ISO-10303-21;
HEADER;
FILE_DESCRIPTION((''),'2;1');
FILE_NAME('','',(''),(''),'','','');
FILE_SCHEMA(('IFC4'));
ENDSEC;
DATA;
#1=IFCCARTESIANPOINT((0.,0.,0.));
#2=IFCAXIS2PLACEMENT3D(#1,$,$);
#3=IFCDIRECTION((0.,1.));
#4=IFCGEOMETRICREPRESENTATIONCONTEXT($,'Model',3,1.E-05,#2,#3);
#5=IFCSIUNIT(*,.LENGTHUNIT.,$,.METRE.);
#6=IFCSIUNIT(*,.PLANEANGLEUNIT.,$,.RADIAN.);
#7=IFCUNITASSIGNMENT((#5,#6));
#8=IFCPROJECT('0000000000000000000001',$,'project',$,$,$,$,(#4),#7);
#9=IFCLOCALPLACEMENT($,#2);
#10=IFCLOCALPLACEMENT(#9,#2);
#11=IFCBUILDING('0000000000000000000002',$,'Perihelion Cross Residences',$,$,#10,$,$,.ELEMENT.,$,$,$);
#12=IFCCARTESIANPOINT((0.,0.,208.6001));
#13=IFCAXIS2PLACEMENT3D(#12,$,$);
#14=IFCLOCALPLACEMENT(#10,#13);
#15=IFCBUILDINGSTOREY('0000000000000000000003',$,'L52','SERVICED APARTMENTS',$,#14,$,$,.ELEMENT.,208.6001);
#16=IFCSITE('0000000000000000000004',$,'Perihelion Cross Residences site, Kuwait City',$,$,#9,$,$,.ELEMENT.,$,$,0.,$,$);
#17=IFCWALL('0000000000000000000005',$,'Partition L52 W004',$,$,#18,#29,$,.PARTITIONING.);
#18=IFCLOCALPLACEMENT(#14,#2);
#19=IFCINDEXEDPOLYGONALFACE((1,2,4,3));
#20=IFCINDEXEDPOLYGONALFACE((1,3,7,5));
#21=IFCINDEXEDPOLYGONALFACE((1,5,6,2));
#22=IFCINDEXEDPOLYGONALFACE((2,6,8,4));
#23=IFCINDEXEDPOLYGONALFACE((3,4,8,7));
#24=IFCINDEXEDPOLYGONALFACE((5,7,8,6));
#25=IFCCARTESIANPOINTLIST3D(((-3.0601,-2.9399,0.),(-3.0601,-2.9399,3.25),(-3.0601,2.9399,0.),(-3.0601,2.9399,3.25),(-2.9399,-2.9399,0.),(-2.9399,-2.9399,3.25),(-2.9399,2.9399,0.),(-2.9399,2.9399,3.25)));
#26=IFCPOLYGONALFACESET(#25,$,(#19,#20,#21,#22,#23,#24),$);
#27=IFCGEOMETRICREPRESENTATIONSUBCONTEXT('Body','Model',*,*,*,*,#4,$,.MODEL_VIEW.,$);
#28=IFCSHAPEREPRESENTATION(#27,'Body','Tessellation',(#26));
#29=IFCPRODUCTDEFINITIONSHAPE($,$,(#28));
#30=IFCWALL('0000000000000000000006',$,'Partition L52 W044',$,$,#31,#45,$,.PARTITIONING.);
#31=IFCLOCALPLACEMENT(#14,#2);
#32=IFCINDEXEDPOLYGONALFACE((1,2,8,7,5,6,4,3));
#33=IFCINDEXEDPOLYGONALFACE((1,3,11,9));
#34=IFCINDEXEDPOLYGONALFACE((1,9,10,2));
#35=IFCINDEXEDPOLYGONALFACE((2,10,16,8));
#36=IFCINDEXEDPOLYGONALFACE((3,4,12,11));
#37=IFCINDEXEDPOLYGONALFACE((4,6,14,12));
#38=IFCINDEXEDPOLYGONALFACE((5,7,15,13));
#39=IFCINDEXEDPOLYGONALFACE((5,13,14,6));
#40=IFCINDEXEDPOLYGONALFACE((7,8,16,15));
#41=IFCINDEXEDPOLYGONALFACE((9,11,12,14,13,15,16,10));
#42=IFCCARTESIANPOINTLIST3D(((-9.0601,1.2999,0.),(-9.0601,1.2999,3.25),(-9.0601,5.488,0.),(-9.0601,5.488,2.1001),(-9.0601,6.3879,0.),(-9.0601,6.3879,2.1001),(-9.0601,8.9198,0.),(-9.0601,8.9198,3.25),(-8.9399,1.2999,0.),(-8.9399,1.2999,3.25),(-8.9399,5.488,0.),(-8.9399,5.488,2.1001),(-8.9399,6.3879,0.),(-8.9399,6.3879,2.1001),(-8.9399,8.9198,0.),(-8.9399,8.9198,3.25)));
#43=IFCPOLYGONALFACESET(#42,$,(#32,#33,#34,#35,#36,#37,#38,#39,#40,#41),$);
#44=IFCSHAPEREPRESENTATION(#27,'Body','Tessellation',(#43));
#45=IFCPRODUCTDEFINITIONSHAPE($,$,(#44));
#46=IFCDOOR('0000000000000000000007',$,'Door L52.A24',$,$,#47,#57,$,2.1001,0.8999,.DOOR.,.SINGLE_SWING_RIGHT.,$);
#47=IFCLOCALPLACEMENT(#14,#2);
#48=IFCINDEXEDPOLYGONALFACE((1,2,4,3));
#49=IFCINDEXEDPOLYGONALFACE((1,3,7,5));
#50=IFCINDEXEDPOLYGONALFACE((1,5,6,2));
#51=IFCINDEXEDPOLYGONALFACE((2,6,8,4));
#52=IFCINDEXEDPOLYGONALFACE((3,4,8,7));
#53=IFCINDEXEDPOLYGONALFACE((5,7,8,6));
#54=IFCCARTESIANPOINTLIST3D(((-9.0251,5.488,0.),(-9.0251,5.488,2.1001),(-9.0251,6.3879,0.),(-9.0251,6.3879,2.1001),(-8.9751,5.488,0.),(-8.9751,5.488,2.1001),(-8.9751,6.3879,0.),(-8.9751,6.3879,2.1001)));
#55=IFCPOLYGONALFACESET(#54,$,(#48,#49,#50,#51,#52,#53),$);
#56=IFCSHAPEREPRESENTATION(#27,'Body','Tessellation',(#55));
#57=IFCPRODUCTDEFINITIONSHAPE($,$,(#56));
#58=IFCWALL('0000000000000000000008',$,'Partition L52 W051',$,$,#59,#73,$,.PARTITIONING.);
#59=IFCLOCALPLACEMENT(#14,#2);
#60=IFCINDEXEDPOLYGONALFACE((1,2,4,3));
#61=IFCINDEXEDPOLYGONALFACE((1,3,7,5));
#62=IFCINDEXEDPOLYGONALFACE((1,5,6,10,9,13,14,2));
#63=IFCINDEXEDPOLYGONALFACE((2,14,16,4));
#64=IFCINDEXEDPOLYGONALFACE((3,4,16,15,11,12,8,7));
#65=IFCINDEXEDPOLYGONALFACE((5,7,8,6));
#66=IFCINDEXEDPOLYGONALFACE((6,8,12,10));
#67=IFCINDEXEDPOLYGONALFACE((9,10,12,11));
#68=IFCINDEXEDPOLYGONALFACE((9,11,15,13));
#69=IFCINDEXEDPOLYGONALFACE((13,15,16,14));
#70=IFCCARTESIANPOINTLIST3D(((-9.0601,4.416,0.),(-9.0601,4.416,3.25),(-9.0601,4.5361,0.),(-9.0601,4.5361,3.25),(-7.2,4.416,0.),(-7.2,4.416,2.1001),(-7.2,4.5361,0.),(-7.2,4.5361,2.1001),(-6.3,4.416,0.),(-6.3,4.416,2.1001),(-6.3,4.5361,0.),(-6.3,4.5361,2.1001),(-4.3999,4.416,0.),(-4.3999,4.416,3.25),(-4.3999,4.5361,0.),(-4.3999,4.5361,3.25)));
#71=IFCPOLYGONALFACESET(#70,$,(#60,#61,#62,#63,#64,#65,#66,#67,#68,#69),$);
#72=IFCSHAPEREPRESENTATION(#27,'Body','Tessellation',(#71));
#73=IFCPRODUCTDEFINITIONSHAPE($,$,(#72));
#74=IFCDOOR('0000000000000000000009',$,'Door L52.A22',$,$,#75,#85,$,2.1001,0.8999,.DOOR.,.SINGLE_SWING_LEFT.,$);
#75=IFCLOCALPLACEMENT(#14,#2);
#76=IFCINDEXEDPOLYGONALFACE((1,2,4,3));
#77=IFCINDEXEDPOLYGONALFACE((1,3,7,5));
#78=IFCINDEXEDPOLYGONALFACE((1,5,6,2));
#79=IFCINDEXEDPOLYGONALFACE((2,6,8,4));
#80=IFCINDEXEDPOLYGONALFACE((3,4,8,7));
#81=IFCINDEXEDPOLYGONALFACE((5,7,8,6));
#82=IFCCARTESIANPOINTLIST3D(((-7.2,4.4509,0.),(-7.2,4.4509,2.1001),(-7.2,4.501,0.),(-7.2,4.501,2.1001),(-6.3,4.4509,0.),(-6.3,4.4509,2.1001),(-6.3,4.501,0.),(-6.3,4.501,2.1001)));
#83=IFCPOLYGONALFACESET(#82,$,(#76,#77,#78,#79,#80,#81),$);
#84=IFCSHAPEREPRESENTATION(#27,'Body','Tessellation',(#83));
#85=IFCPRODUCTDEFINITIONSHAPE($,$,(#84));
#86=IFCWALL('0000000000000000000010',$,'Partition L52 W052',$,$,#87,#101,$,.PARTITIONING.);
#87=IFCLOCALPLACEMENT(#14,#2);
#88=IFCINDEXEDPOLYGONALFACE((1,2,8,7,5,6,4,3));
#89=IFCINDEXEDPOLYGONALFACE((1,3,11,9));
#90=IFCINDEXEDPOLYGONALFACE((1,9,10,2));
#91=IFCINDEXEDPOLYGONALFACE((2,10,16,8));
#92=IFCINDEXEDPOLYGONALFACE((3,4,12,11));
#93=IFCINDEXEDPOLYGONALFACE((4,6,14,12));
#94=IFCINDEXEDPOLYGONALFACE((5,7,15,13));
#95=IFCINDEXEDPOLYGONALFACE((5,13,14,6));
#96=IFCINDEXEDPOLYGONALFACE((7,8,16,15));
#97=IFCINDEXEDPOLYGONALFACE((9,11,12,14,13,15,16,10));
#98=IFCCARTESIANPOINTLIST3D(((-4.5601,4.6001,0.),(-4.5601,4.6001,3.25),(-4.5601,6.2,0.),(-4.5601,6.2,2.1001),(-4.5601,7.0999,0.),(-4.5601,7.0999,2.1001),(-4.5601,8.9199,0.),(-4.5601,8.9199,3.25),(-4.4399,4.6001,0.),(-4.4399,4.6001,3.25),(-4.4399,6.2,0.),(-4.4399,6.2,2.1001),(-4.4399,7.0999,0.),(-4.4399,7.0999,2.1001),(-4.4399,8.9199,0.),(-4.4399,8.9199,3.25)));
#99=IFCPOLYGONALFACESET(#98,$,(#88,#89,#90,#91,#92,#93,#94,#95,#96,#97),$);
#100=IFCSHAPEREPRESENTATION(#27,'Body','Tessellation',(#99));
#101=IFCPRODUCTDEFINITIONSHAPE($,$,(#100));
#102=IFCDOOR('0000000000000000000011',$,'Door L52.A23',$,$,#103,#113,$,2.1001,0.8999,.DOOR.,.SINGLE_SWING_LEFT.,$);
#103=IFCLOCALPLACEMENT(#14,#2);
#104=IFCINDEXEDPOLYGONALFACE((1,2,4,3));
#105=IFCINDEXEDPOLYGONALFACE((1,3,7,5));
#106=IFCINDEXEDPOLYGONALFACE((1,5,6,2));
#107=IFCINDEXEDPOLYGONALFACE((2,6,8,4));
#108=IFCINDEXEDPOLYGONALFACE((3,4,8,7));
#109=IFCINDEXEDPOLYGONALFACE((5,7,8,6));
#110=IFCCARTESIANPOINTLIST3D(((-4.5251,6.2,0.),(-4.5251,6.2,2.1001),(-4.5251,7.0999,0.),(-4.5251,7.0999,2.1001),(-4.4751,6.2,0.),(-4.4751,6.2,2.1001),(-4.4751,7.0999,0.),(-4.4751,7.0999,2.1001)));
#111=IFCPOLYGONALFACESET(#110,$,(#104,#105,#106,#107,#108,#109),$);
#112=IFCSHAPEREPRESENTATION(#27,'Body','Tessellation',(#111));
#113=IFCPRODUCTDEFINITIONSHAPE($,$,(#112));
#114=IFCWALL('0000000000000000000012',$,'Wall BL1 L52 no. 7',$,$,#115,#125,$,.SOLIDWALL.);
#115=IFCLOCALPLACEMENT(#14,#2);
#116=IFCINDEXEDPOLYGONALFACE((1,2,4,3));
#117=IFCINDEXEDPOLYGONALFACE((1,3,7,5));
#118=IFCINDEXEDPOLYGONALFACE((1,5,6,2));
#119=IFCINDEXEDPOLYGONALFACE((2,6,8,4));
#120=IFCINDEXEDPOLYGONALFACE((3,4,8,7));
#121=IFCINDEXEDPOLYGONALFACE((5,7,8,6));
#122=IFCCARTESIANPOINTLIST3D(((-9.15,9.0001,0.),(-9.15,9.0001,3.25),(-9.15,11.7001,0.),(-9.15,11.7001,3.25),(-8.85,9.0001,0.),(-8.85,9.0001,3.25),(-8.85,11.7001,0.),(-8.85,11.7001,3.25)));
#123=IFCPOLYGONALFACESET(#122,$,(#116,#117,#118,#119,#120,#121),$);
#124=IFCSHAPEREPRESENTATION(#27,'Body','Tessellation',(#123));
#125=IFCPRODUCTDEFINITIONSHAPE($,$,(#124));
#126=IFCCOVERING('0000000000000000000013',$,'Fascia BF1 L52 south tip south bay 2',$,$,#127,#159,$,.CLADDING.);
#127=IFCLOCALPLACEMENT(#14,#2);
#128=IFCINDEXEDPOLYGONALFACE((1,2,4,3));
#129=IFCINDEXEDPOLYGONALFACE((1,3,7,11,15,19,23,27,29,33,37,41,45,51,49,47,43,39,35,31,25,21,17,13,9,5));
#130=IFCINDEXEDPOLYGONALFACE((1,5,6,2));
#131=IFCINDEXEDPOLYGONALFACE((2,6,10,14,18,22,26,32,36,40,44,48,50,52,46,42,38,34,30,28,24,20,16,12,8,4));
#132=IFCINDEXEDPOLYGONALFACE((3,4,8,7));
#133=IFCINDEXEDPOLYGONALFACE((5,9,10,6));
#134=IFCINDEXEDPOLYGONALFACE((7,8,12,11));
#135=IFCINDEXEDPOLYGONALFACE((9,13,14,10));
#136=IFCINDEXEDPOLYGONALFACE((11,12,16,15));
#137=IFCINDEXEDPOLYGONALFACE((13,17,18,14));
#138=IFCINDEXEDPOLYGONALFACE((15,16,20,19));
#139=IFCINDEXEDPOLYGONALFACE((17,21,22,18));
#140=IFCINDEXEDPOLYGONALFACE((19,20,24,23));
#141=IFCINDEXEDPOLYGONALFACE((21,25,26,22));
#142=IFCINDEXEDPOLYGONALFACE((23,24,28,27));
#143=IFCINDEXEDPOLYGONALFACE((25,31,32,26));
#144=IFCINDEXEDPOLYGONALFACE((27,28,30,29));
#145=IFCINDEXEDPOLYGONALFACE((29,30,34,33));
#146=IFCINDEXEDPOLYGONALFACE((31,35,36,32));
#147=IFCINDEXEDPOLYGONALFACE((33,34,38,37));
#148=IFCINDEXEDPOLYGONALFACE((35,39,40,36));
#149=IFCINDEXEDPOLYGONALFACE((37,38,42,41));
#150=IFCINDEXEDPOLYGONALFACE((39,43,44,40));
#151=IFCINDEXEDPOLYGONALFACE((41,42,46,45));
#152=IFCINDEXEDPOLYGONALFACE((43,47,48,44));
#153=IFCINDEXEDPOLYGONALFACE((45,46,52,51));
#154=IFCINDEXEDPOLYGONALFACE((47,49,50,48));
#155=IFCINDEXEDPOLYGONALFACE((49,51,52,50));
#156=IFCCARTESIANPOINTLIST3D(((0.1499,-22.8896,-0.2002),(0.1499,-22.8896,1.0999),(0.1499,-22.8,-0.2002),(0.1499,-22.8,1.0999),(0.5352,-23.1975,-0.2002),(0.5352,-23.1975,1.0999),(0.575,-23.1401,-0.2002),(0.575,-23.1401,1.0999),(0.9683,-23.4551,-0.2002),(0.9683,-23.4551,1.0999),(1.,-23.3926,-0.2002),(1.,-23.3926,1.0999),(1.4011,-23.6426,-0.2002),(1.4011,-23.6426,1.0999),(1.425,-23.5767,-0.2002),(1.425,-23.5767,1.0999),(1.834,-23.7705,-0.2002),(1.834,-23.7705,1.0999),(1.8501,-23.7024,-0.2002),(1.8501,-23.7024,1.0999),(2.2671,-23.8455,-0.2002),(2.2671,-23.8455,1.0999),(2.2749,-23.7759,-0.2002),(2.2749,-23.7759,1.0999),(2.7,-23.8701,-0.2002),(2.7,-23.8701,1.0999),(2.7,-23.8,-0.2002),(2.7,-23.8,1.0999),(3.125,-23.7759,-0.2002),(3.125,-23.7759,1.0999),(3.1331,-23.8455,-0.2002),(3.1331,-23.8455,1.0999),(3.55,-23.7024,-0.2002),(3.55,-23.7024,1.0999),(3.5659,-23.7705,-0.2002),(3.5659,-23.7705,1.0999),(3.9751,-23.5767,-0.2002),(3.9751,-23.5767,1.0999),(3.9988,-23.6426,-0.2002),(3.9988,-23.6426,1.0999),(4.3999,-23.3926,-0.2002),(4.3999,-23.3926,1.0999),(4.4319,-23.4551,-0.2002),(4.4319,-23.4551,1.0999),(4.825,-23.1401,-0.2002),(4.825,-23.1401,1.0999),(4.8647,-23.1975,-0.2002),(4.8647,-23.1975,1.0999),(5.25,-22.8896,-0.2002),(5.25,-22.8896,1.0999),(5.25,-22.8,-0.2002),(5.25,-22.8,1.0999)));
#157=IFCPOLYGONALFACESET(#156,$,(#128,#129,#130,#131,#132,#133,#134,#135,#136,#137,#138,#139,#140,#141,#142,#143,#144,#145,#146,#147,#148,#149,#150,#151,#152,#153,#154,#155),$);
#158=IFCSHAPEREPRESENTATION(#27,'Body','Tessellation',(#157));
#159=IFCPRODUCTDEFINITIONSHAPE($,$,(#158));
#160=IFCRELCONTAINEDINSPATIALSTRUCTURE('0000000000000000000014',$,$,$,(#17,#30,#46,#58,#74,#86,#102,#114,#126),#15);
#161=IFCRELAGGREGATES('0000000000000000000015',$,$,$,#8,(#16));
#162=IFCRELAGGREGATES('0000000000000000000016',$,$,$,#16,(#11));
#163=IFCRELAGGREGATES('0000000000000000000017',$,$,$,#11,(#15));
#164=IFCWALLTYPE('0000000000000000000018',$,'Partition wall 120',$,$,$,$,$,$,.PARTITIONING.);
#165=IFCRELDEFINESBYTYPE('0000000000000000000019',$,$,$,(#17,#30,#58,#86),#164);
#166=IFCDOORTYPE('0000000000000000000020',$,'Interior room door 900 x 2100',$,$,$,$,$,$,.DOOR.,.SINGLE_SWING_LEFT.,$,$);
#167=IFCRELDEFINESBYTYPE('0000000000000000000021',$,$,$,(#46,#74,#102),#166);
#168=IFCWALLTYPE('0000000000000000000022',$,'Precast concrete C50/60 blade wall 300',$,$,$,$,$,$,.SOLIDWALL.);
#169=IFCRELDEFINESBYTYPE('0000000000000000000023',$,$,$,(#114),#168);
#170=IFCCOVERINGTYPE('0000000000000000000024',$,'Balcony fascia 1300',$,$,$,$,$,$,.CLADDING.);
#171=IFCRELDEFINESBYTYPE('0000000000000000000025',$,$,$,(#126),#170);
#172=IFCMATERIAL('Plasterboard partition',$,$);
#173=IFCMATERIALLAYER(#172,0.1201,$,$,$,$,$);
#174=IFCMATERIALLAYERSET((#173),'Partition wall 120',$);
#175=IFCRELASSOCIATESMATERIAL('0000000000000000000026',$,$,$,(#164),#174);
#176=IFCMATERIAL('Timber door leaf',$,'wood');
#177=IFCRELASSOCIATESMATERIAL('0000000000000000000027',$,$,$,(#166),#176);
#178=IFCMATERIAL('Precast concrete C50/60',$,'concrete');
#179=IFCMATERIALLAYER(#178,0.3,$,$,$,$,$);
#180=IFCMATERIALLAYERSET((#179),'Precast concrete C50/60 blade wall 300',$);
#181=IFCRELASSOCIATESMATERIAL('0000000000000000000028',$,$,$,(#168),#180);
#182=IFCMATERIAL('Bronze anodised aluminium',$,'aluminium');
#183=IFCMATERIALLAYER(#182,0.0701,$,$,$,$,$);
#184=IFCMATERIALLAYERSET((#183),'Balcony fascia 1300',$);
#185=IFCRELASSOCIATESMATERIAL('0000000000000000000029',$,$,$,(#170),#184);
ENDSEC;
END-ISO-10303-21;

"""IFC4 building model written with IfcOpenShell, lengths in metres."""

from ifc_helpers import new_model, si_unit, direction, frame, frame_2d, origin, place, context, subcontext, project, spatial, polyline, rectangle, outline, extrude, material, layer, layer_set, type_object, element, fill, save


model = new_model("IFC4")

# Units and contexts
model_context = context("Model", 3, precision=1e-05, world=origin(), true_north=direction((0.0, 1.0)))
body_context = subcontext(model_context, "Body", "Model", "MODEL_VIEW")
ifc_project = project(units=[si_unit("LENGTHUNIT", "METRE"), si_unit("PLANEANGLEUNIT", "RADIAN")], contexts=[model_context])

# Site, building, storey
site_placement = place(None, origin())
site = spatial("IfcSite", under=ifc_project, at=site_placement, Name="Perihelion Cross Residences site, Kuwait City", CompositionType="ELEMENT", RefElevation=0.0)
building_placement = place(site_placement, origin())
building = spatial("IfcBuilding", under=site, at=building_placement, Name="Perihelion Cross Residences", CompositionType="ELEMENT")
storey_placement = place(building_placement, frame((0.0, 0.0, 208.6001)))
storey = spatial("IfcBuildingStorey", under=building, at=storey_placement, Name="L52", Description="SERVICED APARTMENTS", CompositionType="ELEMENT", Elevation=208.6001)

# Wall
ifc_material_1 = material(Name="Plasterboard partition")
ifc_layer_1 = layer(ifc_material_1, 0.1201)
ifc_layer_set_1 = layer_set([ifc_layer_1], Name="Partition wall 120")
wall_type_1 = type_object("IfcWallType", Name="Partition wall 120", PredefinedType="PARTITIONING", material=ifc_layer_set_1)
wall_1_placement = place(storey_placement, frame((-3.0, 2.9399, 0.0), z_axis=(0.0, 0.0, 1.0), x_axis=(0.0, -1.0, 0.0)))
element("IfcWall", 1, at=wall_1_placement, inside=storey, type_object=wall_type_1, Name="Partition L52 W004", PredefinedType="PARTITIONING", context=body_context, shape_type="SweptSolid", body=[
    extrude(rectangle(XDim=5.8799, YDim=0.1201, at=frame_2d((2.9399, 0.0))), origin(), (0.0, 0.0, 1.0), 3.25),
])

# Walls, openings, doors
wall_2_placement = place(storey_placement, frame((-9.0, 8.9199, 0.0), z_axis=(0.0, 0.0, 1.0), x_axis=(0.0, -1.0, 0.0)))
wall_2 = element("IfcWall", 2, at=wall_2_placement, inside=storey, type_object=wall_type_1, Name="Partition L52 W044", PredefinedType="PARTITIONING", context=body_context, shape_type="SweptSolid", body=[
    extrude(rectangle(XDim=7.6199, YDim=0.1201, at=frame_2d((3.8101, 0.0))), origin(), (0.0, 0.0, 1.0), 3.25),
])
opening_1_placement = place(wall_2_placement, frame((2.532, 0.0, 0.0)))
opening_1 = element("IfcOpeningElement", 3, at=opening_1_placement, cuts=wall_2, PredefinedType="OPENING", context=body_context, shape_type="SweptSolid", body=[
    extrude(rectangle(XDim=0.8999, YDim=2.1001, at=frame_2d((0.45, 1.05))), frame((0.0, 0.0701, 0.0), z_axis=(0.0, -1.0, 0.0), x_axis=(1.0, 0.0, 0.0)), (0.0, 0.0, 1.0), 0.1401),
])
ifc_material_2 = material(Name="Timber door leaf", Category="wood")
door_type_1 = type_object("IfcDoorType", Name="Interior room door 900 x 2100", OperationType="SINGLE_SWING_LEFT", PredefinedType="DOOR", material=ifc_material_2)
door_1_placement = place(opening_1_placement, origin())
door_1 = element("IfcDoor", 4, at=door_1_placement, inside=storey, type_object=door_type_1, Name="Door L52.A24", OperationType="SINGLE_SWING_RIGHT", OverallHeight=2.1001, OverallWidth=0.8999, PredefinedType="DOOR", context=body_context, shape_type="SweptSolid", body=[
    extrude(rectangle(XDim=0.8999, YDim=2.1001, at=frame_2d((0.45, 1.05))), frame((0.0, 0.0249, 0.0), z_axis=(0.0, -1.0, 0.0), x_axis=(1.0, 0.0, 0.0)), (0.0, 0.0, 1.0), 0.05),
])
fill(opening_1, door_1)
wall_3_placement = place(storey_placement, frame((-9.0601, 4.4761, 0.0), z_axis=(0.0, 0.0, 1.0), x_axis=(1.0, 0.0, 0.0)))
wall_3 = element("IfcWall", 5, at=wall_3_placement, inside=storey, type_object=wall_type_1, Name="Partition L52 W051", PredefinedType="PARTITIONING", context=body_context, shape_type="SweptSolid", body=[
    extrude(rectangle(XDim=4.6602, YDim=0.1201, at=frame_2d((2.3301, 0.0))), origin(), (0.0, 0.0, 1.0), 3.25),
])
opening_2_placement = place(wall_3_placement, frame((1.8601, 0.0, 0.0)))
opening_2 = element("IfcOpeningElement", 6, at=opening_2_placement, cuts=wall_3, PredefinedType="OPENING", context=body_context, shape_type="SweptSolid", body=[
    extrude(rectangle(XDim=0.8999, YDim=2.1001, at=frame_2d((0.45, 1.05))), frame((0.0, 0.0701, 0.0), z_axis=(0.0, -1.0, 0.0), x_axis=(1.0, 0.0, 0.0)), (0.0, 0.0, 1.0), 0.1401),
])
door_2_placement = place(opening_2_placement, origin())
door_2 = element("IfcDoor", 7, at=door_2_placement, inside=storey, type_object=door_type_1, Name="Door L52.A22", OperationType="SINGLE_SWING_LEFT", OverallHeight=2.1001, OverallWidth=0.8999, PredefinedType="DOOR", context=body_context, shape_type="SweptSolid", body=[
    extrude(rectangle(XDim=0.8999, YDim=2.1001, at=frame_2d((0.45, 1.05))), frame((0.0, 0.0249, 0.0), z_axis=(0.0, -1.0, 0.0), x_axis=(1.0, 0.0, 0.0)), (0.0, 0.0, 1.0), 0.05),
])
fill(opening_2, door_2)
wall_4_placement = place(storey_placement, frame((-4.5, 8.9199, 0.0), z_axis=(0.0, 0.0, 1.0), x_axis=(0.0, -1.0, 0.0)))
wall_4 = element("IfcWall", 8, at=wall_4_placement, inside=storey, type_object=wall_type_1, Name="Partition L52 W052", PredefinedType="PARTITIONING", context=body_context, shape_type="SweptSolid", body=[
    extrude(rectangle(XDim=4.3198, YDim=0.1201, at=frame_2d((2.1599, 0.0))), origin(), (0.0, 0.0, 1.0), 3.25),
])
opening_3_placement = place(wall_4_placement, frame((1.8201, 0.0, 0.0)))
opening_3 = element("IfcOpeningElement", 9, at=opening_3_placement, cuts=wall_4, PredefinedType="OPENING", context=body_context, shape_type="SweptSolid", body=[
    extrude(rectangle(XDim=0.8999, YDim=2.1001, at=frame_2d((0.45, 1.05))), frame((0.0, 0.0701, 0.0), z_axis=(0.0, -1.0, 0.0), x_axis=(1.0, 0.0, 0.0)), (0.0, 0.0, 1.0), 0.1401),
])
door_3_placement = place(opening_3_placement, origin())
door_3 = element("IfcDoor", 10, at=door_3_placement, inside=storey, type_object=door_type_1, Name="Door L52.A23", OperationType="SINGLE_SWING_LEFT", OverallHeight=2.1001, OverallWidth=0.8999, PredefinedType="DOOR", context=body_context, shape_type="SweptSolid", body=[
    extrude(rectangle(XDim=0.8999, YDim=2.1001, at=frame_2d((0.45, 1.05))), frame((0.0, 0.0249, 0.0), z_axis=(0.0, -1.0, 0.0), x_axis=(1.0, 0.0, 0.0)), (0.0, 0.0, 1.0), 0.05),
])
fill(opening_3, door_3)

# Wall
ifc_material_3 = material(Name="Precast concrete C50/60", Category="concrete")
ifc_layer_2 = layer(ifc_material_3, 0.3)
ifc_layer_set_2 = layer_set([ifc_layer_2], Name="Precast concrete C50/60 blade wall 300")
wall_type_2 = type_object("IfcWallType", Name="Precast concrete C50/60 blade wall 300", PredefinedType="SOLIDWALL", material=ifc_layer_set_2)
wall_5_placement = place(storey_placement, frame((-9.0, 9.0, 0.0), z_axis=(0.0, 0.0, 1.0), x_axis=(0.0, 1.0, 0.0)))
element("IfcWall", 11, at=wall_5_placement, inside=storey, type_object=wall_type_2, Name="Wall BL1 L52 no. 7", PredefinedType="SOLIDWALL", context=body_context, shape_type="SweptSolid", body=[
    extrude(rectangle(XDim=2.7, YDim=0.3, at=frame_2d((1.3501, 0.0))), origin(), (0.0, 0.0, 1.0), 3.25),
])

# Covering
ifc_material_4 = material(Name="Bronze anodised aluminium", Category="aluminium")
ifc_layer_3 = layer(ifc_material_4, 0.0701)
ifc_layer_set_3 = layer_set([ifc_layer_3], Name="Balcony fascia 1300")
covering_type = type_object("IfcCoveringType", Name="Balcony fascia 1300", PredefinedType="CLADDING", material=ifc_layer_set_3)
covering_placement = place(storey_placement, frame((0.0, 0.0, -0.2002)))
element("IfcCovering", 12, at=covering_placement, inside=storey, type_object=covering_type, Name="Fascia BF1 L52 south tip south bay 2", PredefinedType="CLADDING", context=body_context, shape_type="SweptSolid", body=[
    extrude(outline(polyline([(0.5352, -23.1975), (0.9683, -23.4551), (1.4011, -23.6426), (1.834, -23.7705), (2.2671, -23.8455), (2.7, -23.8701), (3.1331, -23.8455), (3.5659, -23.7705), (3.9988, -23.6426), (4.4319, -23.4551), (4.8647, -23.1975), (5.25, -22.8896), (5.25, -22.8), (4.825, -23.1401), (4.3999, -23.3926), (3.9751, -23.5767), (3.55, -23.7024), (3.125, -23.7759), (2.7, -23.8), (2.2749, -23.7759), (1.8501, -23.7024), (1.425, -23.5767), (1.0, -23.3926), (0.575, -23.1401), (0.1499, -22.8), (0.1499, -22.8896), (0.5352, -23.1975)])), origin(), (0.0, 0.0, 1.0), 1.3),
])

save(model, "model.ifc")
